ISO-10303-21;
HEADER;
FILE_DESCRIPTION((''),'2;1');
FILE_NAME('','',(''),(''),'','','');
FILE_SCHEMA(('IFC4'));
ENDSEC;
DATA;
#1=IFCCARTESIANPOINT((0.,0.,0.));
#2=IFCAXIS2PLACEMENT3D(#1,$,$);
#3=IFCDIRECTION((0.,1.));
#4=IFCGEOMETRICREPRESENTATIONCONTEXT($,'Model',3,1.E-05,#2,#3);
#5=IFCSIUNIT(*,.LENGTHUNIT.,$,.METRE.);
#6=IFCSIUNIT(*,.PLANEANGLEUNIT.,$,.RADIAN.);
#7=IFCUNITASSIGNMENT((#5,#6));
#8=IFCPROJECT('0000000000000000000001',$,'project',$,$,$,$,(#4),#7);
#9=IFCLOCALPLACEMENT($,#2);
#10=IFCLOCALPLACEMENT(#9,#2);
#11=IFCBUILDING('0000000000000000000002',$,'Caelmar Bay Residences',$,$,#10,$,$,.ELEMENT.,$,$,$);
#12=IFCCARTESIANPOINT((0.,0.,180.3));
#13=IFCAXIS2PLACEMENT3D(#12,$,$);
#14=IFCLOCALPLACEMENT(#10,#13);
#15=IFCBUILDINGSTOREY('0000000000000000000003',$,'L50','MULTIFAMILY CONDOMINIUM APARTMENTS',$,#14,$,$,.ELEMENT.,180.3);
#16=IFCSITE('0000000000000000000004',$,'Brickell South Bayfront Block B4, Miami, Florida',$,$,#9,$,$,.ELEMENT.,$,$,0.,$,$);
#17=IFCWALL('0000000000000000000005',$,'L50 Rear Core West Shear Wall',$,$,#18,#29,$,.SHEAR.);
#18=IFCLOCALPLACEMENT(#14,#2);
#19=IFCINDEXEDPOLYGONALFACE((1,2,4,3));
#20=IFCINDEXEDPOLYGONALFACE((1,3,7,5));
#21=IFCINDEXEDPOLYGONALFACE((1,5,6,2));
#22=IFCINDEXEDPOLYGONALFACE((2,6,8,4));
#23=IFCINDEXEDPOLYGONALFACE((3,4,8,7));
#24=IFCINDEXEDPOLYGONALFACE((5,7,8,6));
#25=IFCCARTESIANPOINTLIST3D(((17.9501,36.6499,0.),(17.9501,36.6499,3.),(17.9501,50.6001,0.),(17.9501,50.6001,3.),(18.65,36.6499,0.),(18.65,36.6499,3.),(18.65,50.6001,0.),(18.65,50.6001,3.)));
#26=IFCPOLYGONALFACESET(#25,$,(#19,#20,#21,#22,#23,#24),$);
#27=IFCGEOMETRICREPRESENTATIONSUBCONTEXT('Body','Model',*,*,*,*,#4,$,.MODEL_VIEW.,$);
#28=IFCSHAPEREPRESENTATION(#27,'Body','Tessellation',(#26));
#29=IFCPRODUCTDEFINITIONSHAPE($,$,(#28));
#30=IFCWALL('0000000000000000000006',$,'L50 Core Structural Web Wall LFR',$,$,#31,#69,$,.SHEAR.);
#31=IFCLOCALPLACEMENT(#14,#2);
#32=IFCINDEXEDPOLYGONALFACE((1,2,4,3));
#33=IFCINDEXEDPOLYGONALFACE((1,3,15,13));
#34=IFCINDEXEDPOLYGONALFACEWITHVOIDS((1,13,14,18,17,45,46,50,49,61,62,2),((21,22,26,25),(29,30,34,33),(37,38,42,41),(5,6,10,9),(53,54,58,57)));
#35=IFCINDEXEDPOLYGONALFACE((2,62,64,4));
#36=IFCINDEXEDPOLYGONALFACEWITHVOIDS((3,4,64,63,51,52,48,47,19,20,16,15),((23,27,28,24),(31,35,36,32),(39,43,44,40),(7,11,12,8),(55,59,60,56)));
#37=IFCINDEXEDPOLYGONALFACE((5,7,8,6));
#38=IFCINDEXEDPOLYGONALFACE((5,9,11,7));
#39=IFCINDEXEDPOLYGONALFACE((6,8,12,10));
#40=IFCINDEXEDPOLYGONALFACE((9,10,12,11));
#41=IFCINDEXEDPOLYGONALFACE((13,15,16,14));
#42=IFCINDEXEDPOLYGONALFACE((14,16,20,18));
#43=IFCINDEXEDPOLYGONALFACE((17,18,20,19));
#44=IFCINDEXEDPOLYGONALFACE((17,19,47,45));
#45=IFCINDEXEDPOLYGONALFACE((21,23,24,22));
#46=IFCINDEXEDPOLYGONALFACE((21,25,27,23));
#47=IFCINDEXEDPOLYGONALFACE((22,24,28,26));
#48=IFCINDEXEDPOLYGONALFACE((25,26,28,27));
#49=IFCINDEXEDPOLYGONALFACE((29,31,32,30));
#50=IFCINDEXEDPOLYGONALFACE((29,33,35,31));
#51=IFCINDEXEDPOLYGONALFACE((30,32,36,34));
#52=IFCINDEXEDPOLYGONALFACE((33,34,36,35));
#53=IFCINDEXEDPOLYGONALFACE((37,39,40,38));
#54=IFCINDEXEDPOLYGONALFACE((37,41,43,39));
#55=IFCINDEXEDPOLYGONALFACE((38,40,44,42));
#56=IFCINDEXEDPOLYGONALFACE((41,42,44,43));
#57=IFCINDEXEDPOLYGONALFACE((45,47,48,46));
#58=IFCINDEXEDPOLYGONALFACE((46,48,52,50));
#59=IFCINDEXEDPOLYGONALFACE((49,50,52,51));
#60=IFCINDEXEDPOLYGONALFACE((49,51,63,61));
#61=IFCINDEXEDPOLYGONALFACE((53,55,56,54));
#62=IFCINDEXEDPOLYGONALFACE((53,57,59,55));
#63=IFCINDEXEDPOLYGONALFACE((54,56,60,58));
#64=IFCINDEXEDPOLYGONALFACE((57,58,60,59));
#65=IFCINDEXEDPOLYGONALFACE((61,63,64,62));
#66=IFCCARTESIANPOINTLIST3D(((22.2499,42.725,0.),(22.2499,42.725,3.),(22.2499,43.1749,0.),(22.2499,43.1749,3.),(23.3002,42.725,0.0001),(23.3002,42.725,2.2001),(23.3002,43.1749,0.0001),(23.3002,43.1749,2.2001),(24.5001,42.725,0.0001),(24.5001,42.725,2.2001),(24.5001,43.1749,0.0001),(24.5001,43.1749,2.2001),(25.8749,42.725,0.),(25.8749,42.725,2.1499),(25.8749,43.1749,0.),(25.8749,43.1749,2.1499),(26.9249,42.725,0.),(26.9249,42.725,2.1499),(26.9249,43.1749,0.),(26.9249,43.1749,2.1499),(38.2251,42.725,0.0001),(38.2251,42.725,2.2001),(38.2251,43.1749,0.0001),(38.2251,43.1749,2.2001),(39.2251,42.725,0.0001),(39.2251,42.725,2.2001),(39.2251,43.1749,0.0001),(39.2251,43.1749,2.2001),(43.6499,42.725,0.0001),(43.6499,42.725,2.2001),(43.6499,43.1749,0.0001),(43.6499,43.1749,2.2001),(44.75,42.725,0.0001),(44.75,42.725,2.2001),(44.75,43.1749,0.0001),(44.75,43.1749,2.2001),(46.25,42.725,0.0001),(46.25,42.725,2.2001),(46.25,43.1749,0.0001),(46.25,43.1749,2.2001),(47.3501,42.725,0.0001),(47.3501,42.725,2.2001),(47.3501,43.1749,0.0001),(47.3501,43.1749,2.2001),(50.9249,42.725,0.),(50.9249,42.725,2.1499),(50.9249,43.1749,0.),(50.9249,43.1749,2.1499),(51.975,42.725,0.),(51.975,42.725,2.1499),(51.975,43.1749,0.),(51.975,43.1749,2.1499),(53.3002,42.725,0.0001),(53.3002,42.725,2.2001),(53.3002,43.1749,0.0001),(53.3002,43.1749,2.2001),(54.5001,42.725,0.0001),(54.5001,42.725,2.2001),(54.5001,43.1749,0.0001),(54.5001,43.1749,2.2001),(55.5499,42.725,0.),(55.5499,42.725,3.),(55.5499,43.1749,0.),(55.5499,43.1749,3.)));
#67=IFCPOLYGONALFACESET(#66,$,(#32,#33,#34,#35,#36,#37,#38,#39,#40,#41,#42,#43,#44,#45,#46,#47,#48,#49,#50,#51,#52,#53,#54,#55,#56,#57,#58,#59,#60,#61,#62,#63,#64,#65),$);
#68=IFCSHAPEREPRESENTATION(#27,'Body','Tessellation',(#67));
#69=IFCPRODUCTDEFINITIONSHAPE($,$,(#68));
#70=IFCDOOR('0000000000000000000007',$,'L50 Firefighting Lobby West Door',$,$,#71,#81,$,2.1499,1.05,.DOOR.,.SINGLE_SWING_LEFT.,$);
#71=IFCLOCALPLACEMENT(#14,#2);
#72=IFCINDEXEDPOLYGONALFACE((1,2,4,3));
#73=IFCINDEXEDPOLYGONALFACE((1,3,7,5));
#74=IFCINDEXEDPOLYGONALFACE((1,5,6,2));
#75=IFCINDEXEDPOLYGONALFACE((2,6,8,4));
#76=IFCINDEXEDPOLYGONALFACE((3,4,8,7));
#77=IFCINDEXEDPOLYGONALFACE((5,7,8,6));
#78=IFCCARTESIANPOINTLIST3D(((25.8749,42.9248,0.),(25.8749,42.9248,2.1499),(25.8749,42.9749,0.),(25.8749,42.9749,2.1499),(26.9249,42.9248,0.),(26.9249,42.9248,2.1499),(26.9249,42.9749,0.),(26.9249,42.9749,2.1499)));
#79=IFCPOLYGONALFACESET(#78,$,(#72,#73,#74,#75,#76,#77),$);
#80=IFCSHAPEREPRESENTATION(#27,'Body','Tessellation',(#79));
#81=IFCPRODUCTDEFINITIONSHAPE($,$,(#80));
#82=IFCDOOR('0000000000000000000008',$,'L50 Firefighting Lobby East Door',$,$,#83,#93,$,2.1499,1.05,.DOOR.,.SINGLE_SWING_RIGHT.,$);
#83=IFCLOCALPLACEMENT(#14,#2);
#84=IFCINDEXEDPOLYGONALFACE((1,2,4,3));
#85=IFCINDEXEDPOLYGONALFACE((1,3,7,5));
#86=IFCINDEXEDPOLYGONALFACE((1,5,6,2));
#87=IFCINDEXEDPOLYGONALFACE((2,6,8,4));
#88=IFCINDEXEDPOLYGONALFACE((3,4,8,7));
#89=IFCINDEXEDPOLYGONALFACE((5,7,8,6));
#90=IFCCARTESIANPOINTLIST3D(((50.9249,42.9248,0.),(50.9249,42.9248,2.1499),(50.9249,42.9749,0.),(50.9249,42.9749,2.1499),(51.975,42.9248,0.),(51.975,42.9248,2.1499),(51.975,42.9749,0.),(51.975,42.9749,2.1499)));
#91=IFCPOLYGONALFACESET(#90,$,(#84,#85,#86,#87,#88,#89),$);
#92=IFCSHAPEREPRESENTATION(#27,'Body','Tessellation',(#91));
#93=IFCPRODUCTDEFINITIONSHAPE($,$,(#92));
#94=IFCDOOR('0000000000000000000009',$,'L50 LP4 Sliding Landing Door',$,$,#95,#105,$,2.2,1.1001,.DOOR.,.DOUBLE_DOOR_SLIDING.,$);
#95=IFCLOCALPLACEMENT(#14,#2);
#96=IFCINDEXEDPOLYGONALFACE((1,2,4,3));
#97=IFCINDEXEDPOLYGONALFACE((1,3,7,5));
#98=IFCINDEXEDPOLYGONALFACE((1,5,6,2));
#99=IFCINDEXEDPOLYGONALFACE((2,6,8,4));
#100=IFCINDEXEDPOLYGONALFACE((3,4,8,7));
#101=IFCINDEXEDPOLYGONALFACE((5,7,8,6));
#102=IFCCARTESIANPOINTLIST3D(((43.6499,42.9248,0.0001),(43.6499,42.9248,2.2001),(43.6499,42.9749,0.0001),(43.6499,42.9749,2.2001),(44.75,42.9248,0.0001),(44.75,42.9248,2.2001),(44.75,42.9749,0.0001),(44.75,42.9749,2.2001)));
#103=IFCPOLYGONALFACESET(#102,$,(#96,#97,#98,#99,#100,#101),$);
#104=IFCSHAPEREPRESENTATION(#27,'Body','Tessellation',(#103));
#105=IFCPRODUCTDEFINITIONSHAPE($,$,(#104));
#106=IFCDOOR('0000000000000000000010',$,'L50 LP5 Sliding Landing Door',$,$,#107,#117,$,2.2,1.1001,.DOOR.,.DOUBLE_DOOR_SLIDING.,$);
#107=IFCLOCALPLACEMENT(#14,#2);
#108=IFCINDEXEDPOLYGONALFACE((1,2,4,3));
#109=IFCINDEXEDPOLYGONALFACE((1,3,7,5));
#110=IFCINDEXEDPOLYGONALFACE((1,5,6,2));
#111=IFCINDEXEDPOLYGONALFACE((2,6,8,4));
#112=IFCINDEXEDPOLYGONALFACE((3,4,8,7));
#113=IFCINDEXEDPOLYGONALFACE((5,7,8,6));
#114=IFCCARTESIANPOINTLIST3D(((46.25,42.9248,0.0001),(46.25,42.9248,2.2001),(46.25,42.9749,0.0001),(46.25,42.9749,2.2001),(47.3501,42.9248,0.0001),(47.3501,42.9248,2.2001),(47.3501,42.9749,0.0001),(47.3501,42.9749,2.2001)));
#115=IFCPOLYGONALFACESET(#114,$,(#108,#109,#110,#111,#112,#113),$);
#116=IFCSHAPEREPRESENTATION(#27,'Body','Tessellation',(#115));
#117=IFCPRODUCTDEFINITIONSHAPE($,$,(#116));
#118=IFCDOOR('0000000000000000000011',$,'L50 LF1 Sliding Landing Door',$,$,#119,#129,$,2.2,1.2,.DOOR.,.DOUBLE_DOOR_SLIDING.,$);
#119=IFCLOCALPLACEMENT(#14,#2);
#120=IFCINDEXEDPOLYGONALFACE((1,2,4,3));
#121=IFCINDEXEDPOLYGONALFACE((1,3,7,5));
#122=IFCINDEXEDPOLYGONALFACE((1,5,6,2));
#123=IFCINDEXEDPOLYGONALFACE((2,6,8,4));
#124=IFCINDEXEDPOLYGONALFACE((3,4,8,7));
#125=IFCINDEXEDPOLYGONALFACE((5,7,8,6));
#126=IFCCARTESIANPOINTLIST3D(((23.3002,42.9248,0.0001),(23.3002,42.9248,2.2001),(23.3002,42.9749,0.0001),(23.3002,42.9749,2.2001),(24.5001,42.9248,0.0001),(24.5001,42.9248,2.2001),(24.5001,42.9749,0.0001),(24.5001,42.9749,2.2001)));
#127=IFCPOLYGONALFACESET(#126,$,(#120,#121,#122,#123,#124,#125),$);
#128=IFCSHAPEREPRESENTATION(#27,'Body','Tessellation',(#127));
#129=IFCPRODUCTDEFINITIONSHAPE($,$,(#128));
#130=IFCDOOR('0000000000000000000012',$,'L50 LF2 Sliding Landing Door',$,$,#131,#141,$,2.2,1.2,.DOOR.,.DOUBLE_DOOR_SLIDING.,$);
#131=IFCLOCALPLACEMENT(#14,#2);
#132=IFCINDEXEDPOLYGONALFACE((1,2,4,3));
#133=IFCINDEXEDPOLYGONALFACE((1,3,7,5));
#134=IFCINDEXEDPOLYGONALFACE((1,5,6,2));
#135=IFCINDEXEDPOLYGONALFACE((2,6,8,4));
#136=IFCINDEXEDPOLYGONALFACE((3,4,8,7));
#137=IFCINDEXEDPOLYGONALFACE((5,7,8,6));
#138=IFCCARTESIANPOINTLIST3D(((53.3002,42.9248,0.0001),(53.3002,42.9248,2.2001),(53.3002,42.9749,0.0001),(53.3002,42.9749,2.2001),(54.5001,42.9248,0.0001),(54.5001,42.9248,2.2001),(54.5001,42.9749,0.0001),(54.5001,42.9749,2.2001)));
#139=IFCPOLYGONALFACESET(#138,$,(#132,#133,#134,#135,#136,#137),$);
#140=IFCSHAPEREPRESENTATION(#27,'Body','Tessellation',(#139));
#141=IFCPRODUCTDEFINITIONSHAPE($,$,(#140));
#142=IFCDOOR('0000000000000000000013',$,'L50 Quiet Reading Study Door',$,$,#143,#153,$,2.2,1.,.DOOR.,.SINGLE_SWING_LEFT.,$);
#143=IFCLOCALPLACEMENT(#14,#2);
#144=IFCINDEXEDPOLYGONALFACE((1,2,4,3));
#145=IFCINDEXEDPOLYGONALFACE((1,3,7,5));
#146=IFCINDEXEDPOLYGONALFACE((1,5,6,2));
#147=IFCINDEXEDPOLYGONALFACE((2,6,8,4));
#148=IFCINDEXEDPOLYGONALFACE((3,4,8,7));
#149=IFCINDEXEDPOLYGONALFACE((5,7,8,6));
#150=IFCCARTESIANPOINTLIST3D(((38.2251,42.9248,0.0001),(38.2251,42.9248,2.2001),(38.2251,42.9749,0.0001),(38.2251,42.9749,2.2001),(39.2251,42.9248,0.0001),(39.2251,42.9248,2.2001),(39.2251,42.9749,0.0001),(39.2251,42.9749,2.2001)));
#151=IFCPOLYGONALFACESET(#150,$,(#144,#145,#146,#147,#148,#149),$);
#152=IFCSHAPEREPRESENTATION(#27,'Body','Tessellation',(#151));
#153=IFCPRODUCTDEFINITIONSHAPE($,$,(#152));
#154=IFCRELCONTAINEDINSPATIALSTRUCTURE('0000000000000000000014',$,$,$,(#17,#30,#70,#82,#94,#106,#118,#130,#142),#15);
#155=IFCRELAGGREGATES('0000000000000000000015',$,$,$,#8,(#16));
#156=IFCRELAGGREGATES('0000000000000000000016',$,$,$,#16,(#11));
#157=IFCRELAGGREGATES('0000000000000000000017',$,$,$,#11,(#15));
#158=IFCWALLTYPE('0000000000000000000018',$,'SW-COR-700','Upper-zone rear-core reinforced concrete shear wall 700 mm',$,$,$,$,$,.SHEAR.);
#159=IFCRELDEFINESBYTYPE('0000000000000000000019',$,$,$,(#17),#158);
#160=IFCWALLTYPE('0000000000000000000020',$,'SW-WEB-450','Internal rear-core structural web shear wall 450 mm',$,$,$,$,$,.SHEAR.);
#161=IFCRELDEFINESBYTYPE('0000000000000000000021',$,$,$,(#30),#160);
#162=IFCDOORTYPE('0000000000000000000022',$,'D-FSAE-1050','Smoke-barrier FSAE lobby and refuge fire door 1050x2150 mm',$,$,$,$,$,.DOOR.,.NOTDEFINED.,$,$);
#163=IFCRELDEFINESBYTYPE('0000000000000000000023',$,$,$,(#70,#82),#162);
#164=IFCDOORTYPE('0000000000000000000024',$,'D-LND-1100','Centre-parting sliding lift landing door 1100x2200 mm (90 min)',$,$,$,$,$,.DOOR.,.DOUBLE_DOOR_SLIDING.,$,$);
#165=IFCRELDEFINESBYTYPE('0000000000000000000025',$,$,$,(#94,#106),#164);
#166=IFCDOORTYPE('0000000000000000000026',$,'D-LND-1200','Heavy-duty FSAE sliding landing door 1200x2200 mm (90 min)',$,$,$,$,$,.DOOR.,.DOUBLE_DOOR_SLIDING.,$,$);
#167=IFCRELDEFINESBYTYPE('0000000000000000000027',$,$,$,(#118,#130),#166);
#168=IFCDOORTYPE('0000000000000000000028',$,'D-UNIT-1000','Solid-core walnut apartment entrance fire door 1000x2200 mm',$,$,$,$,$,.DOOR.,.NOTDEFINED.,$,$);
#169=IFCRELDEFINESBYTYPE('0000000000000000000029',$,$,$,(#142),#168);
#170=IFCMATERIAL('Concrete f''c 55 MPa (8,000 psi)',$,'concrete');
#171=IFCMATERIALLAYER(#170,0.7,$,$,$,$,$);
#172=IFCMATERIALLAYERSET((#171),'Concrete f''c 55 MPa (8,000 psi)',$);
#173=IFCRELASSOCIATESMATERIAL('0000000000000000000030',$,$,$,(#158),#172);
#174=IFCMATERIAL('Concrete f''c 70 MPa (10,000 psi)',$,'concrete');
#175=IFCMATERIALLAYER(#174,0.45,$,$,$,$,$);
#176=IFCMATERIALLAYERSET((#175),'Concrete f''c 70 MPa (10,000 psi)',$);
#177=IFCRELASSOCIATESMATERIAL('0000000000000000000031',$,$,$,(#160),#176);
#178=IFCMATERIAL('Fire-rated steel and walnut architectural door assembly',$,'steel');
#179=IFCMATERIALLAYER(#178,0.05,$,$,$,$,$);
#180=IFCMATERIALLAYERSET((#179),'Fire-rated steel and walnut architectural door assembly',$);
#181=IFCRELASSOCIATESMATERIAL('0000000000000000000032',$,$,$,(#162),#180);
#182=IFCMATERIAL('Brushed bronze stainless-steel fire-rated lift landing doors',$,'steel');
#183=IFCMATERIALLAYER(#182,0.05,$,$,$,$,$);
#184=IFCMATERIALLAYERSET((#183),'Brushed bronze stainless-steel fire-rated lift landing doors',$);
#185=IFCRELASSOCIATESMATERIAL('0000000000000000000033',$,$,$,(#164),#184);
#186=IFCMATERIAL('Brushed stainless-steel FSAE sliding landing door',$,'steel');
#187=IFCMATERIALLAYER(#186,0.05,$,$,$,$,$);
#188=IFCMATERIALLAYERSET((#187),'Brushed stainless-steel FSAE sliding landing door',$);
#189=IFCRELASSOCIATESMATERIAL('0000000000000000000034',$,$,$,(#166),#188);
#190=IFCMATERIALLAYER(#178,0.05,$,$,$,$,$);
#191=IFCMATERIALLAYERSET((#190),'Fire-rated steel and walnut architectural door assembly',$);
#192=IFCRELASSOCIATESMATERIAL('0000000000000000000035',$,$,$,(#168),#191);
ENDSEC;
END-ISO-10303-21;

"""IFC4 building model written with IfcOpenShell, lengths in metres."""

from ifc_helpers import new_model, si_unit, direction, frame, frame_2d, origin, place, context, subcontext, project, spatial, rectangle, extrude, material, layer, layer_set, type_object, element, fill, save


model = new_model("IFC4")

# Units and contexts
model_context = context("Model", 3, precision=1e-05, world=origin(), true_north=direction((0.0, 1.0)))
body_context = subcontext(model_context, "Body", "Model", "MODEL_VIEW")
ifc_project = project(units=[si_unit("LENGTHUNIT", "METRE"), si_unit("PLANEANGLEUNIT", "RADIAN")], contexts=[model_context])

# Site, building, storey
site_placement = place(None, origin())
site = spatial("IfcSite", under=ifc_project, at=site_placement, Name="Brickell South Bayfront Block B4, Miami, Florida", CompositionType="ELEMENT", RefElevation=0.0)
building_placement = place(site_placement, origin())
building = spatial("IfcBuilding", under=site, at=building_placement, Name="Caelmar Bay Residences", CompositionType="ELEMENT")
storey_placement = place(building_placement, frame((0.0, 0.0, 180.3)))
storey = spatial("IfcBuildingStorey", under=building, at=storey_placement, Name="L50", Description="MULTIFAMILY CONDOMINIUM APARTMENTS", CompositionType="ELEMENT", Elevation=180.3)

# Wall
ifc_material_1 = material(Name="Concrete f'c 55 MPa (8,000 psi)", Category="concrete")
ifc_layer_1 = layer(ifc_material_1, 0.7)
ifc_layer_set_1 = layer_set([ifc_layer_1], Name="Concrete f'c 55 MPa (8,000 psi)")
wall_type_1 = type_object("IfcWallType", Name="SW-COR-700", Description="Upper-zone rear-core reinforced concrete shear wall 700 mm", PredefinedType="SHEAR", material=ifc_layer_set_1)
wall_1_placement = place(storey_placement, frame((18.3, 36.6499, 0.0), z_axis=(0.0, 0.0, 1.0), x_axis=(0.0, 1.0, 0.0)))
element("IfcWall", 1, at=wall_1_placement, inside=storey, type_object=wall_type_1, Name="L50 Rear Core West Shear Wall", PredefinedType="SHEAR", context=body_context, shape_type="SweptSolid", body=[
    extrude(rectangle(XDim=13.9502, YDim=0.7, at=frame_2d((6.9751, 0.0))), origin(), (0.0, 0.0, 1.0), 3.0),
])

# Shared definitions
ifc_material_2 = material(Name="Fire-rated steel and walnut architectural door assembly", Category="steel")

# Wall, openings, doors
ifc_material_3 = material(Name="Concrete f'c 70 MPa (10,000 psi)", Category="concrete")
ifc_layer_2 = layer(ifc_material_3, 0.45)
ifc_layer_set_2 = layer_set([ifc_layer_2], Name="Concrete f'c 70 MPa (10,000 psi)")
wall_type_2 = type_object("IfcWallType", Name="SW-WEB-450", Description="Internal rear-core structural web shear wall 450 mm", PredefinedType="SHEAR", material=ifc_layer_set_2)
wall_2_placement = place(storey_placement, frame((22.25, 42.95, 0.0), z_axis=(0.0, 0.0, 1.0), x_axis=(1.0, 0.0, 0.0)))
wall_2 = element("IfcWall", 2, at=wall_2_placement, inside=storey, type_object=wall_type_2, Name="L50 Core Structural Web Wall LFR", PredefinedType="SHEAR", context=body_context, shape_type="SweptSolid", body=[
    extrude(rectangle(XDim=33.3, YDim=0.45, at=frame_2d((16.6499, 0.0))), origin(), (0.0, 0.0, 1.0), 3.0),
])
opening_1_placement = place(wall_2_placement, frame((1.05, 0.0, 0.0)))
opening_1 = element("IfcOpeningElement", 3, at=opening_1_placement, cuts=wall_2, PredefinedType="OPENING", context=body_context, shape_type="SweptSolid", body=[
    extrude(rectangle(XDim=1.2, YDim=2.2, at=frame_2d((0.6001, 1.1001))), frame((0.0, 0.2349, 0.0), z_axis=(0.0, -1.0, 0.0), x_axis=(1.0, 0.0, 0.0)), (0.0, 0.0, 1.0), 0.47),
])
opening_2_placement = place(wall_2_placement, frame((31.05, 0.0, 0.0)))
opening_2 = element("IfcOpeningElement", 4, at=opening_2_placement, cuts=wall_2, PredefinedType="OPENING", context=body_context, shape_type="SweptSolid", body=[
    extrude(rectangle(XDim=1.2, YDim=2.2, at=frame_2d((0.6001, 1.1001))), frame((0.0, 0.2349, 0.0), z_axis=(0.0, -1.0, 0.0), x_axis=(1.0, 0.0, 0.0)), (0.0, 0.0, 1.0), 0.47),
])
opening_3_placement = place(wall_2_placement, frame((21.3999, 0.0, 0.0)))
opening_3 = element("IfcOpeningElement", 5, at=opening_3_placement, cuts=wall_2, PredefinedType="OPENING", context=body_context, shape_type="SweptSolid", body=[
    extrude(rectangle(XDim=1.1001, YDim=2.2, at=frame_2d((0.55, 1.1001))), frame((0.0, 0.2349, 0.0), z_axis=(0.0, -1.0, 0.0), x_axis=(1.0, 0.0, 0.0)), (0.0, 0.0, 1.0), 0.47),
])
opening_4_placement = place(wall_2_placement, frame((24.0, 0.0, 0.0)))
opening_4 = element("IfcOpeningElement", 6, at=opening_4_placement, cuts=wall_2, PredefinedType="OPENING", context=body_context, shape_type="SweptSolid", body=[
    extrude(rectangle(XDim=1.1001, YDim=2.2, at=frame_2d((0.55, 1.1001))), frame((0.0, 0.2349, 0.0), z_axis=(0.0, -1.0, 0.0), x_axis=(1.0, 0.0, 0.0)), (0.0, 0.0, 1.0), 0.47),
])
opening_5_placement = place(wall_2_placement, frame((3.625, 0.0, 0.0)))
opening_5 = element("IfcOpeningElement", 7, at=opening_5_placement, cuts=wall_2, PredefinedType="OPENING", context=body_context, shape_type="SweptSolid", body=[
    extrude(rectangle(XDim=1.05, YDim=2.1499, at=frame_2d((0.5249, 1.075))), frame((0.0, 0.2349, 0.0), z_axis=(0.0, -1.0, 0.0), x_axis=(1.0, 0.0, 0.0)), (0.0, 0.0, 1.0), 0.47),
])
opening_6_placement = place(wall_2_placement, frame((28.675, 0.0, 0.0)))
opening_6 = element("IfcOpeningElement", 8, at=opening_6_placement, cuts=wall_2, PredefinedType="OPENING", context=body_context, shape_type="SweptSolid", body=[
    extrude(rectangle(XDim=1.05, YDim=2.1499, at=frame_2d((0.5249, 1.075))), frame((0.0, 0.2349, 0.0), z_axis=(0.0, -1.0, 0.0), x_axis=(1.0, 0.0, 0.0)), (0.0, 0.0, 1.0), 0.47),
])
opening_7_placement = place(wall_2_placement, frame((15.9751, 0.0, 0.0)))
opening_7 = element("IfcOpeningElement", 9, at=opening_7_placement, cuts=wall_2, PredefinedType="OPENING", context=body_context, shape_type="SweptSolid", body=[
    extrude(rectangle(XDim=1.0, YDim=2.2, at=frame_2d((0.5, 1.1001))), frame((0.0, 0.2349, 0.0), z_axis=(0.0, -1.0, 0.0), x_axis=(1.0, 0.0, 0.0)), (0.0, 0.0, 1.0), 0.47),
])
ifc_layer_3 = layer(ifc_material_2, 0.05)
ifc_layer_set_3 = layer_set([ifc_layer_3], Name="Fire-rated steel and walnut architectural door assembly")
door_type_1 = type_object("IfcDoorType", Name="D-FSAE-1050", Description="Smoke-barrier FSAE lobby and refuge fire door 1050x2150 mm", OperationType="NOTDEFINED", PredefinedType="DOOR", material=ifc_layer_set_3)
door_1_placement = place(opening_5_placement, origin())
door_1 = element("IfcDoor", 10, at=door_1_placement, inside=storey, type_object=door_type_1, Name="L50 Firefighting Lobby West Door", OperationType="SINGLE_SWING_LEFT", OverallHeight=2.1499, OverallWidth=1.05, PredefinedType="DOOR", context=body_context, shape_type="SweptSolid", body=[
    extrude(rectangle(XDim=1.05, YDim=2.1499, at=frame_2d((0.5249, 1.075))), frame((0.0, 0.0249, 0.0), z_axis=(0.0, -1.0, 0.0), x_axis=(1.0, 0.0, 0.0)), (0.0, 0.0, 1.0), 0.05),
])
fill(opening_5, door_1)
door_2_placement = place(opening_6_placement, origin())
door_2 = element("IfcDoor", 11, at=door_2_placement, inside=storey, type_object=door_type_1, Name="L50 Firefighting Lobby East Door", OperationType="SINGLE_SWING_RIGHT", OverallHeight=2.1499, OverallWidth=1.05, PredefinedType="DOOR", context=body_context, shape_type="SweptSolid", body=[
    extrude(rectangle(XDim=1.05, YDim=2.1499, at=frame_2d((0.5249, 1.075))), frame((0.0, 0.0249, 0.0), z_axis=(0.0, -1.0, 0.0), x_axis=(1.0, 0.0, 0.0)), (0.0, 0.0, 1.0), 0.05),
])
fill(opening_6, door_2)
ifc_material_4 = material(Name="Brushed bronze stainless-steel fire-rated lift landing doors", Category="steel")
ifc_layer_4 = layer(ifc_material_4, 0.05)
ifc_layer_set_4 = layer_set([ifc_layer_4], Name="Brushed bronze stainless-steel fire-rated lift landing doors")
door_type_2 = type_object("IfcDoorType", Name="D-LND-1100", Description="Centre-parting sliding lift landing door 1100x2200 mm (90 min)", OperationType="DOUBLE_DOOR_SLIDING", PredefinedType="DOOR", material=ifc_layer_set_4)
door_3_placement = place(opening_3_placement, origin())
door_3 = element("IfcDoor", 12, at=door_3_placement, inside=storey, type_object=door_type_2, Name="L50 LP4 Sliding Landing Door", OperationType="DOUBLE_DOOR_SLIDING", OverallHeight=2.2, OverallWidth=1.1001, PredefinedType="DOOR", context=body_context, shape_type="SweptSolid", body=[
    extrude(rectangle(XDim=1.1001, YDim=2.2, at=frame_2d((0.55, 1.1001))), frame((0.0, 0.0249, 0.0), z_axis=(0.0, -1.0, 0.0), x_axis=(1.0, 0.0, 0.0)), (0.0, 0.0, 1.0), 0.05),
])
fill(opening_3, door_3)
door_4_placement = place(opening_4_placement, origin())
door_4 = element("IfcDoor", 13, at=door_4_placement, inside=storey, type_object=door_type_2, Name="L50 LP5 Sliding Landing Door", OperationType="DOUBLE_DOOR_SLIDING", OverallHeight=2.2, OverallWidth=1.1001, PredefinedType="DOOR", context=body_context, shape_type="SweptSolid", body=[
    extrude(rectangle(XDim=1.1001, YDim=2.2, at=frame_2d((0.55, 1.1001))), frame((0.0, 0.0249, 0.0), z_axis=(0.0, -1.0, 0.0), x_axis=(1.0, 0.0, 0.0)), (0.0, 0.0, 1.0), 0.05),
])
fill(opening_4, door_4)
ifc_material_5 = material(Name="Brushed stainless-steel FSAE sliding landing door", Category="steel")
ifc_layer_5 = layer(ifc_material_5, 0.05)
ifc_layer_set_5 = layer_set([ifc_layer_5], Name="Brushed stainless-steel FSAE sliding landing door")
door_type_3 = type_object("IfcDoorType", Name="D-LND-1200", Description="Heavy-duty FSAE sliding landing door 1200x2200 mm (90 min)", OperationType="DOUBLE_DOOR_SLIDING", PredefinedType="DOOR", material=ifc_layer_set_5)
door_5_placement = place(opening_1_placement, origin())
door_5 = element("IfcDoor", 14, at=door_5_placement, inside=storey, type_object=door_type_3, Name="L50 LF1 Sliding Landing Door", OperationType="DOUBLE_DOOR_SLIDING", OverallHeight=2.2, OverallWidth=1.2, PredefinedType="DOOR", context=body_context, shape_type="SweptSolid", body=[
    extrude(rectangle(XDim=1.2, YDim=2.2, at=frame_2d((0.6001, 1.1001))), frame((0.0, 0.0249, 0.0), z_axis=(0.0, -1.0, 0.0), x_axis=(1.0, 0.0, 0.0)), (0.0, 0.0, 1.0), 0.05),
])
fill(opening_1, door_5)
door_6_placement = place(opening_2_placement, origin())
door_6 = element("IfcDoor", 15, at=door_6_placement, inside=storey, type_object=door_type_3, Name="L50 LF2 Sliding Landing Door", OperationType="DOUBLE_DOOR_SLIDING", OverallHeight=2.2, OverallWidth=1.2, PredefinedType="DOOR", context=body_context, shape_type="SweptSolid", body=[
    extrude(rectangle(XDim=1.2, YDim=2.2, at=frame_2d((0.6001, 1.1001))), frame((0.0, 0.0249, 0.0), z_axis=(0.0, -1.0, 0.0), x_axis=(1.0, 0.0, 0.0)), (0.0, 0.0, 1.0), 0.05),
])
fill(opening_2, door_6)
ifc_layer_6 = layer(ifc_material_2, 0.05)
ifc_layer_set_6 = layer_set([ifc_layer_6], Name="Fire-rated steel and walnut architectural door assembly")
door_type_4 = type_object("IfcDoorType", Name="D-UNIT-1000", Description="Solid-core walnut apartment entrance fire door 1000x2200 mm", OperationType="NOTDEFINED", PredefinedType="DOOR", material=ifc_layer_set_6)
door_7_placement = place(opening_7_placement, origin())
door_7 = element("IfcDoor", 16, at=door_7_placement, inside=storey, type_object=door_type_4, Name="L50 Quiet Reading Study Door", OperationType="SINGLE_SWING_LEFT", OverallHeight=2.2, OverallWidth=1.0, PredefinedType="DOOR", context=body_context, shape_type="SweptSolid", body=[
    extrude(rectangle(XDim=1.0, YDim=2.2, at=frame_2d((0.5, 1.1001))), frame((0.0, 0.0249, 0.0), z_axis=(0.0, -1.0, 0.0), x_axis=(1.0, 0.0, 0.0)), (0.0, 0.0, 1.0), 0.05),
])
fill(opening_7, door_7)

save(model, "model.ifc")
